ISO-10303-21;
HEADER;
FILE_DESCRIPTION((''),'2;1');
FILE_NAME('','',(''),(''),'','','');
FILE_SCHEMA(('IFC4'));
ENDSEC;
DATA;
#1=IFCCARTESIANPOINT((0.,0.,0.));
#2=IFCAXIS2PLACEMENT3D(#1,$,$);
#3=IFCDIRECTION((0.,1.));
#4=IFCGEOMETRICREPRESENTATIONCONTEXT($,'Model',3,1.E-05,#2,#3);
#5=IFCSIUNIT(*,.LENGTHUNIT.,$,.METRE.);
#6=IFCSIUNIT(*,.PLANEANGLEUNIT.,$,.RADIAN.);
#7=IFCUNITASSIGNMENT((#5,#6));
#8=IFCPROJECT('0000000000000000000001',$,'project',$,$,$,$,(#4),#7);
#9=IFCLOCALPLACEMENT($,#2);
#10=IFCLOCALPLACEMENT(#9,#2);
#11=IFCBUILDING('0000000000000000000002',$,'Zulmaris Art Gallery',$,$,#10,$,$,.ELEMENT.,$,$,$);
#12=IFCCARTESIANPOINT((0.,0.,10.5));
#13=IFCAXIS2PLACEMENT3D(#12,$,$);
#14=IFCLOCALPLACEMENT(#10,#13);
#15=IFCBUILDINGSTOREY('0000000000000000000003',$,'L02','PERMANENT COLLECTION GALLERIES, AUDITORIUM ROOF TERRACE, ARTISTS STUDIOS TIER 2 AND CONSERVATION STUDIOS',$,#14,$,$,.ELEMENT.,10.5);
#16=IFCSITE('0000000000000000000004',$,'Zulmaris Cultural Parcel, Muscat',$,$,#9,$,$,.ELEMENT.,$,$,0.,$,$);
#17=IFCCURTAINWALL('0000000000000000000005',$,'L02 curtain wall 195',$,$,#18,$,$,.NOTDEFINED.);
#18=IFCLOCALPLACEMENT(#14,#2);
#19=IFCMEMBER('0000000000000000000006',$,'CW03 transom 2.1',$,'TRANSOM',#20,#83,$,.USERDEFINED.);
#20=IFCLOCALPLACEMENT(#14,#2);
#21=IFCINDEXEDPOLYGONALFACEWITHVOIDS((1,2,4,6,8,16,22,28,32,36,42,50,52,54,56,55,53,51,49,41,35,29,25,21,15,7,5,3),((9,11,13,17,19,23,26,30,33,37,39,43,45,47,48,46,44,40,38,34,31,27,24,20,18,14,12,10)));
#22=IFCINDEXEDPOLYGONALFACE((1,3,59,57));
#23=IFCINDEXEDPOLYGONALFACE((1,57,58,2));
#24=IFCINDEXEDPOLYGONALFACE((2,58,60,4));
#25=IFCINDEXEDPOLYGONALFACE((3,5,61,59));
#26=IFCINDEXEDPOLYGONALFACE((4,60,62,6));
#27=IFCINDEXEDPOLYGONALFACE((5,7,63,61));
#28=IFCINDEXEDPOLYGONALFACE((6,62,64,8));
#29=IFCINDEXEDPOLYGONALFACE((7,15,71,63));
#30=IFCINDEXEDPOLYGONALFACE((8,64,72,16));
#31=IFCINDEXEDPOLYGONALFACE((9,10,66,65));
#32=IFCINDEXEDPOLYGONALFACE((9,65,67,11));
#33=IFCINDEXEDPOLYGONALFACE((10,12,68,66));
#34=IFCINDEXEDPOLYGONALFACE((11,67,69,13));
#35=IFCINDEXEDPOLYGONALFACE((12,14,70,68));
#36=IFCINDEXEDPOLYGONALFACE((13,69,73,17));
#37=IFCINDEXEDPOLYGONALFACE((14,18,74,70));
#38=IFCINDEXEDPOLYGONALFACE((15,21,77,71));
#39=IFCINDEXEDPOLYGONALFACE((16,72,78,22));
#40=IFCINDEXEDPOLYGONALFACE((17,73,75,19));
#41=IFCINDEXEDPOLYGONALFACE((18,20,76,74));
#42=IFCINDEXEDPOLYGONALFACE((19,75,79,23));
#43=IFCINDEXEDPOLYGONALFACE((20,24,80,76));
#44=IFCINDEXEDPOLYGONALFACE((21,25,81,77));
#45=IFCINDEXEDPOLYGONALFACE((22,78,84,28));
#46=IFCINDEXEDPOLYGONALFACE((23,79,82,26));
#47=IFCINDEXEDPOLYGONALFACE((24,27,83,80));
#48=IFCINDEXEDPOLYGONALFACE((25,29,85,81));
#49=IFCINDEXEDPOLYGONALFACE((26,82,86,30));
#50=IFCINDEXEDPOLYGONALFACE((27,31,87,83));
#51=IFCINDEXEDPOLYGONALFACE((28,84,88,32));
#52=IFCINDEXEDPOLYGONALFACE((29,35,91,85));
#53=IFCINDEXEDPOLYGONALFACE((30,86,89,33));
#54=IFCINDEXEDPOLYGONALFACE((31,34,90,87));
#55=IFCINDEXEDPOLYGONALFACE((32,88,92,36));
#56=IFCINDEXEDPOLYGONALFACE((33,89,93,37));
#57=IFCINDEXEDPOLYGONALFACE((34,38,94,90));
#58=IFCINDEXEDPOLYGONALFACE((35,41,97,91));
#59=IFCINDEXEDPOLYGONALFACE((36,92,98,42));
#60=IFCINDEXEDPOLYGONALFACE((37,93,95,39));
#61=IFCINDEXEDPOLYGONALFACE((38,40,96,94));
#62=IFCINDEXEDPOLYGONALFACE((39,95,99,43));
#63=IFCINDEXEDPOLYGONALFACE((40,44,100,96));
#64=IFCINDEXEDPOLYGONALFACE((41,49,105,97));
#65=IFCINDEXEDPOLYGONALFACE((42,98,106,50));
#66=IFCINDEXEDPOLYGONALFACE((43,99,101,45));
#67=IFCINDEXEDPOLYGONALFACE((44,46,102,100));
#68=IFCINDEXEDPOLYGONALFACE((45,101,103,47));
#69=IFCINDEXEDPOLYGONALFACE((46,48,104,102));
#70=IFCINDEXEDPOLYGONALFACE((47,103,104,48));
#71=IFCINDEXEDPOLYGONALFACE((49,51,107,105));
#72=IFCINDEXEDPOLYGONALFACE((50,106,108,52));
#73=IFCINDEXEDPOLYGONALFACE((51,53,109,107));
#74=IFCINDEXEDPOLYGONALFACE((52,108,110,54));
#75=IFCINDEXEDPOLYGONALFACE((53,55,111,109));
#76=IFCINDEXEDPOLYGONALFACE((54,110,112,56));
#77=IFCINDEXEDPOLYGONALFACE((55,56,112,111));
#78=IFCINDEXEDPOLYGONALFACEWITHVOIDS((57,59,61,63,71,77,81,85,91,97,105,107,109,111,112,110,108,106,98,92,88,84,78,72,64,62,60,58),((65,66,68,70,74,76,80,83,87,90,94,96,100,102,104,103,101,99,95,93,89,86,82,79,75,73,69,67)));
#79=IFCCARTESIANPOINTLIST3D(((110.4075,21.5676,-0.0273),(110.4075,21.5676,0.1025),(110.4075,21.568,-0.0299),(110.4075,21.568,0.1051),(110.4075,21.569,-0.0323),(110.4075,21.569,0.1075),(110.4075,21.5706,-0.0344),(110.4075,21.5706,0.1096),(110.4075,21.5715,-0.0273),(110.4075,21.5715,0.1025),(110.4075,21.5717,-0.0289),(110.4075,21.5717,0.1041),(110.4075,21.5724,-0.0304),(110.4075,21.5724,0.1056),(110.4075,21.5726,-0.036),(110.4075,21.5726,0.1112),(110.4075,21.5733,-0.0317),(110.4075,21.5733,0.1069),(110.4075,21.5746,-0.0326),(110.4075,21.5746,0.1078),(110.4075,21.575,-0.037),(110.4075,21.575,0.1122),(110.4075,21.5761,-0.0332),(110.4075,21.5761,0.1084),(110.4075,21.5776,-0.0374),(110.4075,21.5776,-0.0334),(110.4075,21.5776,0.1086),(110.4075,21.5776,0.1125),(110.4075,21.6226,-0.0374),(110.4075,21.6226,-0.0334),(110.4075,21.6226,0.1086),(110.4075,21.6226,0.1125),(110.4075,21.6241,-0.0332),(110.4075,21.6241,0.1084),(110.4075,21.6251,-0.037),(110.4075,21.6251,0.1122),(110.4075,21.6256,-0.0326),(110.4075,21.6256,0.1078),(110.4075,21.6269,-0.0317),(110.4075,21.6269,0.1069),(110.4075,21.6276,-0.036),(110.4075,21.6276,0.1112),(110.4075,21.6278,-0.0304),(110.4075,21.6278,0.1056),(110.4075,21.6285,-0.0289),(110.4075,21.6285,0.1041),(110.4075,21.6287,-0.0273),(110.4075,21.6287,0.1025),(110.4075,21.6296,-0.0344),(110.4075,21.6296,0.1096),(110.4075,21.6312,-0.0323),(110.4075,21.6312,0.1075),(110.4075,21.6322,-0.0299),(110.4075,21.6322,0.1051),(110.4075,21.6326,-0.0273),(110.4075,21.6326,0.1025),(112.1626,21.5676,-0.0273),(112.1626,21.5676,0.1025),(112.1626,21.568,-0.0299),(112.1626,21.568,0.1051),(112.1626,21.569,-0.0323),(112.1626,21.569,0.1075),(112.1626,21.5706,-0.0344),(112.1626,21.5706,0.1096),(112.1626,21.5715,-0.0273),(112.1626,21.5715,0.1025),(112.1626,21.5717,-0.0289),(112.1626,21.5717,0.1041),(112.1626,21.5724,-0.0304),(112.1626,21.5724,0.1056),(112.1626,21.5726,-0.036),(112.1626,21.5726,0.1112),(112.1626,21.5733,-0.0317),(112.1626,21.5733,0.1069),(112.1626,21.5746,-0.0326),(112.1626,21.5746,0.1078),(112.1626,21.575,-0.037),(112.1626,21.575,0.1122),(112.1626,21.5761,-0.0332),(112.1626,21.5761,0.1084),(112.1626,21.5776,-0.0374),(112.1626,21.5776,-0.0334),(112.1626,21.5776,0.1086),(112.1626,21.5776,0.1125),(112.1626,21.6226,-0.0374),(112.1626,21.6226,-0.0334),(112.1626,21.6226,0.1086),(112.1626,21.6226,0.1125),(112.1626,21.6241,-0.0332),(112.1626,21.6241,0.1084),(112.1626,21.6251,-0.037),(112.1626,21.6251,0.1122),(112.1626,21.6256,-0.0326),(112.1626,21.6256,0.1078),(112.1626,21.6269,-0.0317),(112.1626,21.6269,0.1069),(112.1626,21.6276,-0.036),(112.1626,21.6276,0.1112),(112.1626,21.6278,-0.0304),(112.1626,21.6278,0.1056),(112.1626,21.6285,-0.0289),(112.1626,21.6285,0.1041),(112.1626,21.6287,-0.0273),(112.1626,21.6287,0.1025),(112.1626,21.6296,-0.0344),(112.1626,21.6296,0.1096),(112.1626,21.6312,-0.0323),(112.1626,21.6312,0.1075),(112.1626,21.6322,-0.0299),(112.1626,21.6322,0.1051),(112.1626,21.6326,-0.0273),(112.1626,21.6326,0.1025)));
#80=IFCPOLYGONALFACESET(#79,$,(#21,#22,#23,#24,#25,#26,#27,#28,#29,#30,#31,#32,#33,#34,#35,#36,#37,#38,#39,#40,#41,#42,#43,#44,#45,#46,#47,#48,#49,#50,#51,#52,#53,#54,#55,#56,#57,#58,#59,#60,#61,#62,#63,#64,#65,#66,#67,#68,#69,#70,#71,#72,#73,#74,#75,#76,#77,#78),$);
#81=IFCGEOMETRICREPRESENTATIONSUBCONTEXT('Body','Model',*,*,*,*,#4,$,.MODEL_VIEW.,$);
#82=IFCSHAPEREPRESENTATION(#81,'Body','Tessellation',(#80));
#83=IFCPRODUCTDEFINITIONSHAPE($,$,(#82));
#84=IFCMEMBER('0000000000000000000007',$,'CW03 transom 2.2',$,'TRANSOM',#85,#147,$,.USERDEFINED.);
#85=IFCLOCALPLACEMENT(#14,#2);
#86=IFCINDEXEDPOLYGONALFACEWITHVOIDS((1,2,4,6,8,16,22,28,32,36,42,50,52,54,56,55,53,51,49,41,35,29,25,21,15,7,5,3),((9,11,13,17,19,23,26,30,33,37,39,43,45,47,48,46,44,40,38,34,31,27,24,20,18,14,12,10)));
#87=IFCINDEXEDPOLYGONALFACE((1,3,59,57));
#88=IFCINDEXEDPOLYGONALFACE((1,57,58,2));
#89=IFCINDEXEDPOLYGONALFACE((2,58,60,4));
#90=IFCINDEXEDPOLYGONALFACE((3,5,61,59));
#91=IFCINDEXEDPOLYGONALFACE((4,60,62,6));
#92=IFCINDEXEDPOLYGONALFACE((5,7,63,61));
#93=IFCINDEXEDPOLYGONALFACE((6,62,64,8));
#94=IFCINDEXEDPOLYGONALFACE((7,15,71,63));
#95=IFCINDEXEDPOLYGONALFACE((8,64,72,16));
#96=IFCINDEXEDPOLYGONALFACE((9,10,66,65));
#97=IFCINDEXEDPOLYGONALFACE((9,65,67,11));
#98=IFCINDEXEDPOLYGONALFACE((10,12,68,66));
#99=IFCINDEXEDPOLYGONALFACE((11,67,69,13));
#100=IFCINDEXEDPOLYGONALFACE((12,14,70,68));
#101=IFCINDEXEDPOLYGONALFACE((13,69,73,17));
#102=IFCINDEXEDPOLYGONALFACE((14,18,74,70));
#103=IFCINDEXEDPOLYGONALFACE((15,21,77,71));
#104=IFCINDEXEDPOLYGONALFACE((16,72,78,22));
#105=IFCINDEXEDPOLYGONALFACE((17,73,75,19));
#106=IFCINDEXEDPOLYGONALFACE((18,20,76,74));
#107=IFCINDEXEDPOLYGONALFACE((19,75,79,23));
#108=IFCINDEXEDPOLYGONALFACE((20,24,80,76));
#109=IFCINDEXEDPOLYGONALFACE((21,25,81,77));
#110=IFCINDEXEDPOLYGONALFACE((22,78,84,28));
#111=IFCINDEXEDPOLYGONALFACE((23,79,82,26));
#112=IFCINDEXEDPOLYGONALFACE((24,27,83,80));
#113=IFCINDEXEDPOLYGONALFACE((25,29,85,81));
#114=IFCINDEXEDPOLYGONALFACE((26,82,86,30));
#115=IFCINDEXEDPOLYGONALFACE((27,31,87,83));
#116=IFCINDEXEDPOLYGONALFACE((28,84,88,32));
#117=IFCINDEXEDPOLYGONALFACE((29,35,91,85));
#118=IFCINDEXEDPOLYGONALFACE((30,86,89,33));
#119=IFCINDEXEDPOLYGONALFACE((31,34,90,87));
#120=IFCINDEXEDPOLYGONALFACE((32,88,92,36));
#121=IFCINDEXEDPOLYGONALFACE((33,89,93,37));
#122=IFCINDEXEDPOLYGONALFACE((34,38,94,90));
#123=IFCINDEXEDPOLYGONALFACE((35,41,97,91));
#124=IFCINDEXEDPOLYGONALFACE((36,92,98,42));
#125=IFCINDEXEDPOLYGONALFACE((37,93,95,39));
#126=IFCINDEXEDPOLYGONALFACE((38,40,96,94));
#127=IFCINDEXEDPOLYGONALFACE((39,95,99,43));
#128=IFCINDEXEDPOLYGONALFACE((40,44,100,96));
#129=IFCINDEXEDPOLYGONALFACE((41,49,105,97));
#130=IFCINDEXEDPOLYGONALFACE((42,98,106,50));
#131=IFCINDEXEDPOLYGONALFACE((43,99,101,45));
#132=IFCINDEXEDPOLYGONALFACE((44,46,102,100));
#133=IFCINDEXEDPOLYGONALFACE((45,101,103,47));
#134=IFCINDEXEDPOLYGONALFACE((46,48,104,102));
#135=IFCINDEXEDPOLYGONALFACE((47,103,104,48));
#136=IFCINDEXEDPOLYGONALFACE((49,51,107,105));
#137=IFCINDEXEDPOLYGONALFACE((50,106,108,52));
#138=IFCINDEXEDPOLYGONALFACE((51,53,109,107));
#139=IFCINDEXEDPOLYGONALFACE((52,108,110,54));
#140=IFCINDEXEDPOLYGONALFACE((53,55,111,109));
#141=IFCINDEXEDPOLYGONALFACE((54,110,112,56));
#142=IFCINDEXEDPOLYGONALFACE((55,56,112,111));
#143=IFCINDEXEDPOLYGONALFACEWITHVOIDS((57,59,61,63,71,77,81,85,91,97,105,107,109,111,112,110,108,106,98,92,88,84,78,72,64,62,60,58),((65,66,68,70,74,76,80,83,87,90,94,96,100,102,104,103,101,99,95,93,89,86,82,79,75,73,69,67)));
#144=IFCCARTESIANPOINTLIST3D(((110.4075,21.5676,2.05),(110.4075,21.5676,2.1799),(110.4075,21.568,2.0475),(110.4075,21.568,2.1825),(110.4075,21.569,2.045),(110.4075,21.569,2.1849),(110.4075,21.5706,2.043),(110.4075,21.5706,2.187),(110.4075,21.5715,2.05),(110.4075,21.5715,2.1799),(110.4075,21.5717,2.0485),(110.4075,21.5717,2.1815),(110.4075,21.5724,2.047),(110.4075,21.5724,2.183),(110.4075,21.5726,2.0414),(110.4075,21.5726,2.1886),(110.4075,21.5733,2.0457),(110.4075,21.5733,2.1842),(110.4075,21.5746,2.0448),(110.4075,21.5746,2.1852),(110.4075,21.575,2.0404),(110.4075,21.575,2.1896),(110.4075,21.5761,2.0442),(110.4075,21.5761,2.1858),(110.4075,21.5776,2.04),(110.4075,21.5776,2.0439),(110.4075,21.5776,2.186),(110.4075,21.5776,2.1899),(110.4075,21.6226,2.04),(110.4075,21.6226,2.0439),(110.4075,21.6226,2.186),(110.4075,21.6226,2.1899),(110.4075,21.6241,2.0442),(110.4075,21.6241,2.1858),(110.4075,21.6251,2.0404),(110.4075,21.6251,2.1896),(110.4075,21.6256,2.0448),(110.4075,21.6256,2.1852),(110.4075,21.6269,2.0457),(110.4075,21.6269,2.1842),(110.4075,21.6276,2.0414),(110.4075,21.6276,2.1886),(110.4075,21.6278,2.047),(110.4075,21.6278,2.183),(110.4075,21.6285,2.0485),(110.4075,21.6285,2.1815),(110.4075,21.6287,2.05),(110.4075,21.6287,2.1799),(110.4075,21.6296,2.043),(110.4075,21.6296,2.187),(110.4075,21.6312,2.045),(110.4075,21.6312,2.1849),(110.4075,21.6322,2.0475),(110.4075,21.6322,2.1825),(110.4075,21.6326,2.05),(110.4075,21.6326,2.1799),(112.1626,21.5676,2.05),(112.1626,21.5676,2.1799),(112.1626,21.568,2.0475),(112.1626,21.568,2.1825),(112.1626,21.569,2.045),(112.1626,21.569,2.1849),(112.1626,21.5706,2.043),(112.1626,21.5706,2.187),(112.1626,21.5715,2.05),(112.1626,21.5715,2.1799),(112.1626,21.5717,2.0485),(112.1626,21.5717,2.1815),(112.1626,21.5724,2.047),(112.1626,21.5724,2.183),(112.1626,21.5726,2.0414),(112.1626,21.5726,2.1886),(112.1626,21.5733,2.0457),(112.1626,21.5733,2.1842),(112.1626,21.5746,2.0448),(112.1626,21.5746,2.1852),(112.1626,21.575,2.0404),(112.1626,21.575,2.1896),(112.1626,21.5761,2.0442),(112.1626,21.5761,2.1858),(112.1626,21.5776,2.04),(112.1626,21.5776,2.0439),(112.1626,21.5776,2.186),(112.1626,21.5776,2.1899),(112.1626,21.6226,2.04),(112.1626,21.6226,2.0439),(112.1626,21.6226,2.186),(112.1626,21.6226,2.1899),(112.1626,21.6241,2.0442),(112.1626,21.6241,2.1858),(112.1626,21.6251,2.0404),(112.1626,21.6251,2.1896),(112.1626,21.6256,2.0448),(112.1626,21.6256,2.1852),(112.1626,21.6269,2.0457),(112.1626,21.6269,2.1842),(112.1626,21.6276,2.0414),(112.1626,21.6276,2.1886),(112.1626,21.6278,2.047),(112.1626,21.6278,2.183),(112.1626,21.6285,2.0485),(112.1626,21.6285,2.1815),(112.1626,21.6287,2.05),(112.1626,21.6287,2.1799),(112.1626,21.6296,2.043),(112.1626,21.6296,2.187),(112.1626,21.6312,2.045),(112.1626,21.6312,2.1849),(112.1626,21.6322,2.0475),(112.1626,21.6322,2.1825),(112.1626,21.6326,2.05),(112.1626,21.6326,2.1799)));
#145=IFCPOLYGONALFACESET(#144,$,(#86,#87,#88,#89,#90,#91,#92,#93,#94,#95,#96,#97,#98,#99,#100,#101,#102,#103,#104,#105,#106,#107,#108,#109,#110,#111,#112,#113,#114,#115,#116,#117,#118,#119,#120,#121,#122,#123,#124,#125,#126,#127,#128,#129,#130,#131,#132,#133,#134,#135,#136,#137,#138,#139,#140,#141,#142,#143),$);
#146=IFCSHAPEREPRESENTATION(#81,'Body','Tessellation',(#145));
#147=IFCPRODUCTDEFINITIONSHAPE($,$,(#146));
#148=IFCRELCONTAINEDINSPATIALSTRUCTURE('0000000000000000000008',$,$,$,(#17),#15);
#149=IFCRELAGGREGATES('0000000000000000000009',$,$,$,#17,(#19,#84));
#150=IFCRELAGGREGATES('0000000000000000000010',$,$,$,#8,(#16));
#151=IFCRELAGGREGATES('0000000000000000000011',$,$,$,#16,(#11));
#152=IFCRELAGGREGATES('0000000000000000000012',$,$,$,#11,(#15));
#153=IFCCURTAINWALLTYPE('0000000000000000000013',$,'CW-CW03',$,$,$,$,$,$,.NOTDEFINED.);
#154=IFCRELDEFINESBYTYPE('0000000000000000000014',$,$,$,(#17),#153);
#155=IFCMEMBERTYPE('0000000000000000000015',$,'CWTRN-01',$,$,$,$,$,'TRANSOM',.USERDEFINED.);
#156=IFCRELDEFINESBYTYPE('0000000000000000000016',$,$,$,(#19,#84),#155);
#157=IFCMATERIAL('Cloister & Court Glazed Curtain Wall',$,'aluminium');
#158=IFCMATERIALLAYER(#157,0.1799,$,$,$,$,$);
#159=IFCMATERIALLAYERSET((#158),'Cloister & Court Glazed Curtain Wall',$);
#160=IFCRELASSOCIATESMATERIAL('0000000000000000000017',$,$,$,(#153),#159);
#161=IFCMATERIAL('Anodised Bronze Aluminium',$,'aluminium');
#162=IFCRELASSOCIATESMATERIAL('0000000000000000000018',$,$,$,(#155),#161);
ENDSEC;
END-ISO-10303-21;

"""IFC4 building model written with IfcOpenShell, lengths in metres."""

from ifc_helpers import new_model, si_unit, direction, frame, origin, origin_2d, place, context, subcontext, project, spatial, hollow_rectangle, extrude, material, layer, layer_set, material_profile, profile_set, type_object, element, aggregate, save


model = new_model("IFC4")

# Units and contexts
model_context = context("Model", 3, precision=1e-05, world=origin(), true_north=direction((0.0, 1.0)))
body_context = subcontext(model_context, "Body", "Model", "MODEL_VIEW")
ifc_project = project(units=[si_unit("LENGTHUNIT", "METRE"), si_unit("PLANEANGLEUNIT", "RADIAN")], contexts=[model_context])

# Site, building, storey
site_placement = place(None, origin())
site = spatial("IfcSite", under=ifc_project, at=site_placement, Name="Zulmaris Cultural Parcel, Muscat", CompositionType="ELEMENT", RefElevation=0.0)
building_placement = place(site_placement, origin())
building = spatial("IfcBuilding", under=site, at=building_placement, Name="Zulmaris Art Gallery", CompositionType="ELEMENT")
storey_placement = place(building_placement, frame((0.0, 0.0, 10.5)))
storey = spatial("IfcBuildingStorey", under=building, at=storey_placement, Name="L02", Description="PERMANENT COLLECTION GALLERIES, AUDITORIUM ROOF TERRACE, ARTISTS STUDIOS TIER 2 AND CONSERVATION STUDIOS", CompositionType="ELEMENT", Elevation=10.5)

# Shared definitions
ifc_material_1 = material(Name="Cloister & Court Glazed Curtain Wall", Category="aluminium")
ifc_layer_1 = layer(ifc_material_1, 0.1799)
ifc_layer_set_1 = layer_set([ifc_layer_1], Name="Cloister & Court Glazed Curtain Wall")
curtain_wall_type = type_object("IfcCurtainWallType", Name="CW-CW03", PredefinedType="NOTDEFINED", material=ifc_layer_set_1)
ifc_material_2 = material(Name="Anodised Bronze Aluminium", Category="aluminium")

# Curtain wall
curtain_wall_1_placement = place(storey_placement, origin())
curtain_wall_1 = element("IfcCurtainWall", 1, at=curtain_wall_1_placement, inside=storey, type_object=curtain_wall_type, Name="L02 curtain wall 195", PredefinedType="NOTDEFINED")

# Members
ifc_material_profile_1 = material_profile(ifc_material_2, hollow_rectangle(XDim=0.0649, YDim=0.1499, WallThickness=0.0039, InnerFilletRadius=0.0061, OuterFilletRadius=0.01, at=origin_2d()), Name="ALU 65x150x4")
ifc_profile_set_1 = profile_set([ifc_material_profile_1], Name="Anodised Bronze Aluminium")
member_type_1 = type_object("IfcMemberType", Name="CWTRN-01", ElementType="TRANSOM", PredefinedType="USERDEFINED", material=ifc_profile_set_1)
member_1_placement = place(storey_placement, frame((110.4075, 21.6001, 0.0376), z_axis=(1.0, 0.0, 0.0), x_axis=(0.0, 1.0, 0.0)))
member_1 = element("IfcMember", 2, at=member_1_placement, type_object=member_type_1, Name="CW03 transom 2.1", ObjectType="TRANSOM", PredefinedType="USERDEFINED", context=body_context, shape_type="SweptSolid", body=[
    extrude(hollow_rectangle(XDim=0.0649, YDim=0.1499, WallThickness=0.0039, InnerFilletRadius=0.0061, OuterFilletRadius=0.01, at=origin_2d()), origin(), (0.0, 0.0, 1.0), 1.7551),
])
member_2_placement = place(storey_placement, frame((110.4075, 21.6001, 2.115), z_axis=(1.0, 0.0, 0.0), x_axis=(0.0, 1.0, 0.0)))
member_2 = element("IfcMember", 3, at=member_2_placement, type_object=member_type_1, Name="CW03 transom 2.2", ObjectType="TRANSOM", PredefinedType="USERDEFINED", context=body_context, shape_type="SweptSolid", body=[
    extrude(hollow_rectangle(XDim=0.0649, YDim=0.1499, WallThickness=0.0039, InnerFilletRadius=0.0061, OuterFilletRadius=0.01, at=origin_2d()), origin(), (0.0, 0.0, 1.0), 1.7551),
])

aggregate(curtain_wall_1, [member_1, member_2])

save(model, "model.ifc")
